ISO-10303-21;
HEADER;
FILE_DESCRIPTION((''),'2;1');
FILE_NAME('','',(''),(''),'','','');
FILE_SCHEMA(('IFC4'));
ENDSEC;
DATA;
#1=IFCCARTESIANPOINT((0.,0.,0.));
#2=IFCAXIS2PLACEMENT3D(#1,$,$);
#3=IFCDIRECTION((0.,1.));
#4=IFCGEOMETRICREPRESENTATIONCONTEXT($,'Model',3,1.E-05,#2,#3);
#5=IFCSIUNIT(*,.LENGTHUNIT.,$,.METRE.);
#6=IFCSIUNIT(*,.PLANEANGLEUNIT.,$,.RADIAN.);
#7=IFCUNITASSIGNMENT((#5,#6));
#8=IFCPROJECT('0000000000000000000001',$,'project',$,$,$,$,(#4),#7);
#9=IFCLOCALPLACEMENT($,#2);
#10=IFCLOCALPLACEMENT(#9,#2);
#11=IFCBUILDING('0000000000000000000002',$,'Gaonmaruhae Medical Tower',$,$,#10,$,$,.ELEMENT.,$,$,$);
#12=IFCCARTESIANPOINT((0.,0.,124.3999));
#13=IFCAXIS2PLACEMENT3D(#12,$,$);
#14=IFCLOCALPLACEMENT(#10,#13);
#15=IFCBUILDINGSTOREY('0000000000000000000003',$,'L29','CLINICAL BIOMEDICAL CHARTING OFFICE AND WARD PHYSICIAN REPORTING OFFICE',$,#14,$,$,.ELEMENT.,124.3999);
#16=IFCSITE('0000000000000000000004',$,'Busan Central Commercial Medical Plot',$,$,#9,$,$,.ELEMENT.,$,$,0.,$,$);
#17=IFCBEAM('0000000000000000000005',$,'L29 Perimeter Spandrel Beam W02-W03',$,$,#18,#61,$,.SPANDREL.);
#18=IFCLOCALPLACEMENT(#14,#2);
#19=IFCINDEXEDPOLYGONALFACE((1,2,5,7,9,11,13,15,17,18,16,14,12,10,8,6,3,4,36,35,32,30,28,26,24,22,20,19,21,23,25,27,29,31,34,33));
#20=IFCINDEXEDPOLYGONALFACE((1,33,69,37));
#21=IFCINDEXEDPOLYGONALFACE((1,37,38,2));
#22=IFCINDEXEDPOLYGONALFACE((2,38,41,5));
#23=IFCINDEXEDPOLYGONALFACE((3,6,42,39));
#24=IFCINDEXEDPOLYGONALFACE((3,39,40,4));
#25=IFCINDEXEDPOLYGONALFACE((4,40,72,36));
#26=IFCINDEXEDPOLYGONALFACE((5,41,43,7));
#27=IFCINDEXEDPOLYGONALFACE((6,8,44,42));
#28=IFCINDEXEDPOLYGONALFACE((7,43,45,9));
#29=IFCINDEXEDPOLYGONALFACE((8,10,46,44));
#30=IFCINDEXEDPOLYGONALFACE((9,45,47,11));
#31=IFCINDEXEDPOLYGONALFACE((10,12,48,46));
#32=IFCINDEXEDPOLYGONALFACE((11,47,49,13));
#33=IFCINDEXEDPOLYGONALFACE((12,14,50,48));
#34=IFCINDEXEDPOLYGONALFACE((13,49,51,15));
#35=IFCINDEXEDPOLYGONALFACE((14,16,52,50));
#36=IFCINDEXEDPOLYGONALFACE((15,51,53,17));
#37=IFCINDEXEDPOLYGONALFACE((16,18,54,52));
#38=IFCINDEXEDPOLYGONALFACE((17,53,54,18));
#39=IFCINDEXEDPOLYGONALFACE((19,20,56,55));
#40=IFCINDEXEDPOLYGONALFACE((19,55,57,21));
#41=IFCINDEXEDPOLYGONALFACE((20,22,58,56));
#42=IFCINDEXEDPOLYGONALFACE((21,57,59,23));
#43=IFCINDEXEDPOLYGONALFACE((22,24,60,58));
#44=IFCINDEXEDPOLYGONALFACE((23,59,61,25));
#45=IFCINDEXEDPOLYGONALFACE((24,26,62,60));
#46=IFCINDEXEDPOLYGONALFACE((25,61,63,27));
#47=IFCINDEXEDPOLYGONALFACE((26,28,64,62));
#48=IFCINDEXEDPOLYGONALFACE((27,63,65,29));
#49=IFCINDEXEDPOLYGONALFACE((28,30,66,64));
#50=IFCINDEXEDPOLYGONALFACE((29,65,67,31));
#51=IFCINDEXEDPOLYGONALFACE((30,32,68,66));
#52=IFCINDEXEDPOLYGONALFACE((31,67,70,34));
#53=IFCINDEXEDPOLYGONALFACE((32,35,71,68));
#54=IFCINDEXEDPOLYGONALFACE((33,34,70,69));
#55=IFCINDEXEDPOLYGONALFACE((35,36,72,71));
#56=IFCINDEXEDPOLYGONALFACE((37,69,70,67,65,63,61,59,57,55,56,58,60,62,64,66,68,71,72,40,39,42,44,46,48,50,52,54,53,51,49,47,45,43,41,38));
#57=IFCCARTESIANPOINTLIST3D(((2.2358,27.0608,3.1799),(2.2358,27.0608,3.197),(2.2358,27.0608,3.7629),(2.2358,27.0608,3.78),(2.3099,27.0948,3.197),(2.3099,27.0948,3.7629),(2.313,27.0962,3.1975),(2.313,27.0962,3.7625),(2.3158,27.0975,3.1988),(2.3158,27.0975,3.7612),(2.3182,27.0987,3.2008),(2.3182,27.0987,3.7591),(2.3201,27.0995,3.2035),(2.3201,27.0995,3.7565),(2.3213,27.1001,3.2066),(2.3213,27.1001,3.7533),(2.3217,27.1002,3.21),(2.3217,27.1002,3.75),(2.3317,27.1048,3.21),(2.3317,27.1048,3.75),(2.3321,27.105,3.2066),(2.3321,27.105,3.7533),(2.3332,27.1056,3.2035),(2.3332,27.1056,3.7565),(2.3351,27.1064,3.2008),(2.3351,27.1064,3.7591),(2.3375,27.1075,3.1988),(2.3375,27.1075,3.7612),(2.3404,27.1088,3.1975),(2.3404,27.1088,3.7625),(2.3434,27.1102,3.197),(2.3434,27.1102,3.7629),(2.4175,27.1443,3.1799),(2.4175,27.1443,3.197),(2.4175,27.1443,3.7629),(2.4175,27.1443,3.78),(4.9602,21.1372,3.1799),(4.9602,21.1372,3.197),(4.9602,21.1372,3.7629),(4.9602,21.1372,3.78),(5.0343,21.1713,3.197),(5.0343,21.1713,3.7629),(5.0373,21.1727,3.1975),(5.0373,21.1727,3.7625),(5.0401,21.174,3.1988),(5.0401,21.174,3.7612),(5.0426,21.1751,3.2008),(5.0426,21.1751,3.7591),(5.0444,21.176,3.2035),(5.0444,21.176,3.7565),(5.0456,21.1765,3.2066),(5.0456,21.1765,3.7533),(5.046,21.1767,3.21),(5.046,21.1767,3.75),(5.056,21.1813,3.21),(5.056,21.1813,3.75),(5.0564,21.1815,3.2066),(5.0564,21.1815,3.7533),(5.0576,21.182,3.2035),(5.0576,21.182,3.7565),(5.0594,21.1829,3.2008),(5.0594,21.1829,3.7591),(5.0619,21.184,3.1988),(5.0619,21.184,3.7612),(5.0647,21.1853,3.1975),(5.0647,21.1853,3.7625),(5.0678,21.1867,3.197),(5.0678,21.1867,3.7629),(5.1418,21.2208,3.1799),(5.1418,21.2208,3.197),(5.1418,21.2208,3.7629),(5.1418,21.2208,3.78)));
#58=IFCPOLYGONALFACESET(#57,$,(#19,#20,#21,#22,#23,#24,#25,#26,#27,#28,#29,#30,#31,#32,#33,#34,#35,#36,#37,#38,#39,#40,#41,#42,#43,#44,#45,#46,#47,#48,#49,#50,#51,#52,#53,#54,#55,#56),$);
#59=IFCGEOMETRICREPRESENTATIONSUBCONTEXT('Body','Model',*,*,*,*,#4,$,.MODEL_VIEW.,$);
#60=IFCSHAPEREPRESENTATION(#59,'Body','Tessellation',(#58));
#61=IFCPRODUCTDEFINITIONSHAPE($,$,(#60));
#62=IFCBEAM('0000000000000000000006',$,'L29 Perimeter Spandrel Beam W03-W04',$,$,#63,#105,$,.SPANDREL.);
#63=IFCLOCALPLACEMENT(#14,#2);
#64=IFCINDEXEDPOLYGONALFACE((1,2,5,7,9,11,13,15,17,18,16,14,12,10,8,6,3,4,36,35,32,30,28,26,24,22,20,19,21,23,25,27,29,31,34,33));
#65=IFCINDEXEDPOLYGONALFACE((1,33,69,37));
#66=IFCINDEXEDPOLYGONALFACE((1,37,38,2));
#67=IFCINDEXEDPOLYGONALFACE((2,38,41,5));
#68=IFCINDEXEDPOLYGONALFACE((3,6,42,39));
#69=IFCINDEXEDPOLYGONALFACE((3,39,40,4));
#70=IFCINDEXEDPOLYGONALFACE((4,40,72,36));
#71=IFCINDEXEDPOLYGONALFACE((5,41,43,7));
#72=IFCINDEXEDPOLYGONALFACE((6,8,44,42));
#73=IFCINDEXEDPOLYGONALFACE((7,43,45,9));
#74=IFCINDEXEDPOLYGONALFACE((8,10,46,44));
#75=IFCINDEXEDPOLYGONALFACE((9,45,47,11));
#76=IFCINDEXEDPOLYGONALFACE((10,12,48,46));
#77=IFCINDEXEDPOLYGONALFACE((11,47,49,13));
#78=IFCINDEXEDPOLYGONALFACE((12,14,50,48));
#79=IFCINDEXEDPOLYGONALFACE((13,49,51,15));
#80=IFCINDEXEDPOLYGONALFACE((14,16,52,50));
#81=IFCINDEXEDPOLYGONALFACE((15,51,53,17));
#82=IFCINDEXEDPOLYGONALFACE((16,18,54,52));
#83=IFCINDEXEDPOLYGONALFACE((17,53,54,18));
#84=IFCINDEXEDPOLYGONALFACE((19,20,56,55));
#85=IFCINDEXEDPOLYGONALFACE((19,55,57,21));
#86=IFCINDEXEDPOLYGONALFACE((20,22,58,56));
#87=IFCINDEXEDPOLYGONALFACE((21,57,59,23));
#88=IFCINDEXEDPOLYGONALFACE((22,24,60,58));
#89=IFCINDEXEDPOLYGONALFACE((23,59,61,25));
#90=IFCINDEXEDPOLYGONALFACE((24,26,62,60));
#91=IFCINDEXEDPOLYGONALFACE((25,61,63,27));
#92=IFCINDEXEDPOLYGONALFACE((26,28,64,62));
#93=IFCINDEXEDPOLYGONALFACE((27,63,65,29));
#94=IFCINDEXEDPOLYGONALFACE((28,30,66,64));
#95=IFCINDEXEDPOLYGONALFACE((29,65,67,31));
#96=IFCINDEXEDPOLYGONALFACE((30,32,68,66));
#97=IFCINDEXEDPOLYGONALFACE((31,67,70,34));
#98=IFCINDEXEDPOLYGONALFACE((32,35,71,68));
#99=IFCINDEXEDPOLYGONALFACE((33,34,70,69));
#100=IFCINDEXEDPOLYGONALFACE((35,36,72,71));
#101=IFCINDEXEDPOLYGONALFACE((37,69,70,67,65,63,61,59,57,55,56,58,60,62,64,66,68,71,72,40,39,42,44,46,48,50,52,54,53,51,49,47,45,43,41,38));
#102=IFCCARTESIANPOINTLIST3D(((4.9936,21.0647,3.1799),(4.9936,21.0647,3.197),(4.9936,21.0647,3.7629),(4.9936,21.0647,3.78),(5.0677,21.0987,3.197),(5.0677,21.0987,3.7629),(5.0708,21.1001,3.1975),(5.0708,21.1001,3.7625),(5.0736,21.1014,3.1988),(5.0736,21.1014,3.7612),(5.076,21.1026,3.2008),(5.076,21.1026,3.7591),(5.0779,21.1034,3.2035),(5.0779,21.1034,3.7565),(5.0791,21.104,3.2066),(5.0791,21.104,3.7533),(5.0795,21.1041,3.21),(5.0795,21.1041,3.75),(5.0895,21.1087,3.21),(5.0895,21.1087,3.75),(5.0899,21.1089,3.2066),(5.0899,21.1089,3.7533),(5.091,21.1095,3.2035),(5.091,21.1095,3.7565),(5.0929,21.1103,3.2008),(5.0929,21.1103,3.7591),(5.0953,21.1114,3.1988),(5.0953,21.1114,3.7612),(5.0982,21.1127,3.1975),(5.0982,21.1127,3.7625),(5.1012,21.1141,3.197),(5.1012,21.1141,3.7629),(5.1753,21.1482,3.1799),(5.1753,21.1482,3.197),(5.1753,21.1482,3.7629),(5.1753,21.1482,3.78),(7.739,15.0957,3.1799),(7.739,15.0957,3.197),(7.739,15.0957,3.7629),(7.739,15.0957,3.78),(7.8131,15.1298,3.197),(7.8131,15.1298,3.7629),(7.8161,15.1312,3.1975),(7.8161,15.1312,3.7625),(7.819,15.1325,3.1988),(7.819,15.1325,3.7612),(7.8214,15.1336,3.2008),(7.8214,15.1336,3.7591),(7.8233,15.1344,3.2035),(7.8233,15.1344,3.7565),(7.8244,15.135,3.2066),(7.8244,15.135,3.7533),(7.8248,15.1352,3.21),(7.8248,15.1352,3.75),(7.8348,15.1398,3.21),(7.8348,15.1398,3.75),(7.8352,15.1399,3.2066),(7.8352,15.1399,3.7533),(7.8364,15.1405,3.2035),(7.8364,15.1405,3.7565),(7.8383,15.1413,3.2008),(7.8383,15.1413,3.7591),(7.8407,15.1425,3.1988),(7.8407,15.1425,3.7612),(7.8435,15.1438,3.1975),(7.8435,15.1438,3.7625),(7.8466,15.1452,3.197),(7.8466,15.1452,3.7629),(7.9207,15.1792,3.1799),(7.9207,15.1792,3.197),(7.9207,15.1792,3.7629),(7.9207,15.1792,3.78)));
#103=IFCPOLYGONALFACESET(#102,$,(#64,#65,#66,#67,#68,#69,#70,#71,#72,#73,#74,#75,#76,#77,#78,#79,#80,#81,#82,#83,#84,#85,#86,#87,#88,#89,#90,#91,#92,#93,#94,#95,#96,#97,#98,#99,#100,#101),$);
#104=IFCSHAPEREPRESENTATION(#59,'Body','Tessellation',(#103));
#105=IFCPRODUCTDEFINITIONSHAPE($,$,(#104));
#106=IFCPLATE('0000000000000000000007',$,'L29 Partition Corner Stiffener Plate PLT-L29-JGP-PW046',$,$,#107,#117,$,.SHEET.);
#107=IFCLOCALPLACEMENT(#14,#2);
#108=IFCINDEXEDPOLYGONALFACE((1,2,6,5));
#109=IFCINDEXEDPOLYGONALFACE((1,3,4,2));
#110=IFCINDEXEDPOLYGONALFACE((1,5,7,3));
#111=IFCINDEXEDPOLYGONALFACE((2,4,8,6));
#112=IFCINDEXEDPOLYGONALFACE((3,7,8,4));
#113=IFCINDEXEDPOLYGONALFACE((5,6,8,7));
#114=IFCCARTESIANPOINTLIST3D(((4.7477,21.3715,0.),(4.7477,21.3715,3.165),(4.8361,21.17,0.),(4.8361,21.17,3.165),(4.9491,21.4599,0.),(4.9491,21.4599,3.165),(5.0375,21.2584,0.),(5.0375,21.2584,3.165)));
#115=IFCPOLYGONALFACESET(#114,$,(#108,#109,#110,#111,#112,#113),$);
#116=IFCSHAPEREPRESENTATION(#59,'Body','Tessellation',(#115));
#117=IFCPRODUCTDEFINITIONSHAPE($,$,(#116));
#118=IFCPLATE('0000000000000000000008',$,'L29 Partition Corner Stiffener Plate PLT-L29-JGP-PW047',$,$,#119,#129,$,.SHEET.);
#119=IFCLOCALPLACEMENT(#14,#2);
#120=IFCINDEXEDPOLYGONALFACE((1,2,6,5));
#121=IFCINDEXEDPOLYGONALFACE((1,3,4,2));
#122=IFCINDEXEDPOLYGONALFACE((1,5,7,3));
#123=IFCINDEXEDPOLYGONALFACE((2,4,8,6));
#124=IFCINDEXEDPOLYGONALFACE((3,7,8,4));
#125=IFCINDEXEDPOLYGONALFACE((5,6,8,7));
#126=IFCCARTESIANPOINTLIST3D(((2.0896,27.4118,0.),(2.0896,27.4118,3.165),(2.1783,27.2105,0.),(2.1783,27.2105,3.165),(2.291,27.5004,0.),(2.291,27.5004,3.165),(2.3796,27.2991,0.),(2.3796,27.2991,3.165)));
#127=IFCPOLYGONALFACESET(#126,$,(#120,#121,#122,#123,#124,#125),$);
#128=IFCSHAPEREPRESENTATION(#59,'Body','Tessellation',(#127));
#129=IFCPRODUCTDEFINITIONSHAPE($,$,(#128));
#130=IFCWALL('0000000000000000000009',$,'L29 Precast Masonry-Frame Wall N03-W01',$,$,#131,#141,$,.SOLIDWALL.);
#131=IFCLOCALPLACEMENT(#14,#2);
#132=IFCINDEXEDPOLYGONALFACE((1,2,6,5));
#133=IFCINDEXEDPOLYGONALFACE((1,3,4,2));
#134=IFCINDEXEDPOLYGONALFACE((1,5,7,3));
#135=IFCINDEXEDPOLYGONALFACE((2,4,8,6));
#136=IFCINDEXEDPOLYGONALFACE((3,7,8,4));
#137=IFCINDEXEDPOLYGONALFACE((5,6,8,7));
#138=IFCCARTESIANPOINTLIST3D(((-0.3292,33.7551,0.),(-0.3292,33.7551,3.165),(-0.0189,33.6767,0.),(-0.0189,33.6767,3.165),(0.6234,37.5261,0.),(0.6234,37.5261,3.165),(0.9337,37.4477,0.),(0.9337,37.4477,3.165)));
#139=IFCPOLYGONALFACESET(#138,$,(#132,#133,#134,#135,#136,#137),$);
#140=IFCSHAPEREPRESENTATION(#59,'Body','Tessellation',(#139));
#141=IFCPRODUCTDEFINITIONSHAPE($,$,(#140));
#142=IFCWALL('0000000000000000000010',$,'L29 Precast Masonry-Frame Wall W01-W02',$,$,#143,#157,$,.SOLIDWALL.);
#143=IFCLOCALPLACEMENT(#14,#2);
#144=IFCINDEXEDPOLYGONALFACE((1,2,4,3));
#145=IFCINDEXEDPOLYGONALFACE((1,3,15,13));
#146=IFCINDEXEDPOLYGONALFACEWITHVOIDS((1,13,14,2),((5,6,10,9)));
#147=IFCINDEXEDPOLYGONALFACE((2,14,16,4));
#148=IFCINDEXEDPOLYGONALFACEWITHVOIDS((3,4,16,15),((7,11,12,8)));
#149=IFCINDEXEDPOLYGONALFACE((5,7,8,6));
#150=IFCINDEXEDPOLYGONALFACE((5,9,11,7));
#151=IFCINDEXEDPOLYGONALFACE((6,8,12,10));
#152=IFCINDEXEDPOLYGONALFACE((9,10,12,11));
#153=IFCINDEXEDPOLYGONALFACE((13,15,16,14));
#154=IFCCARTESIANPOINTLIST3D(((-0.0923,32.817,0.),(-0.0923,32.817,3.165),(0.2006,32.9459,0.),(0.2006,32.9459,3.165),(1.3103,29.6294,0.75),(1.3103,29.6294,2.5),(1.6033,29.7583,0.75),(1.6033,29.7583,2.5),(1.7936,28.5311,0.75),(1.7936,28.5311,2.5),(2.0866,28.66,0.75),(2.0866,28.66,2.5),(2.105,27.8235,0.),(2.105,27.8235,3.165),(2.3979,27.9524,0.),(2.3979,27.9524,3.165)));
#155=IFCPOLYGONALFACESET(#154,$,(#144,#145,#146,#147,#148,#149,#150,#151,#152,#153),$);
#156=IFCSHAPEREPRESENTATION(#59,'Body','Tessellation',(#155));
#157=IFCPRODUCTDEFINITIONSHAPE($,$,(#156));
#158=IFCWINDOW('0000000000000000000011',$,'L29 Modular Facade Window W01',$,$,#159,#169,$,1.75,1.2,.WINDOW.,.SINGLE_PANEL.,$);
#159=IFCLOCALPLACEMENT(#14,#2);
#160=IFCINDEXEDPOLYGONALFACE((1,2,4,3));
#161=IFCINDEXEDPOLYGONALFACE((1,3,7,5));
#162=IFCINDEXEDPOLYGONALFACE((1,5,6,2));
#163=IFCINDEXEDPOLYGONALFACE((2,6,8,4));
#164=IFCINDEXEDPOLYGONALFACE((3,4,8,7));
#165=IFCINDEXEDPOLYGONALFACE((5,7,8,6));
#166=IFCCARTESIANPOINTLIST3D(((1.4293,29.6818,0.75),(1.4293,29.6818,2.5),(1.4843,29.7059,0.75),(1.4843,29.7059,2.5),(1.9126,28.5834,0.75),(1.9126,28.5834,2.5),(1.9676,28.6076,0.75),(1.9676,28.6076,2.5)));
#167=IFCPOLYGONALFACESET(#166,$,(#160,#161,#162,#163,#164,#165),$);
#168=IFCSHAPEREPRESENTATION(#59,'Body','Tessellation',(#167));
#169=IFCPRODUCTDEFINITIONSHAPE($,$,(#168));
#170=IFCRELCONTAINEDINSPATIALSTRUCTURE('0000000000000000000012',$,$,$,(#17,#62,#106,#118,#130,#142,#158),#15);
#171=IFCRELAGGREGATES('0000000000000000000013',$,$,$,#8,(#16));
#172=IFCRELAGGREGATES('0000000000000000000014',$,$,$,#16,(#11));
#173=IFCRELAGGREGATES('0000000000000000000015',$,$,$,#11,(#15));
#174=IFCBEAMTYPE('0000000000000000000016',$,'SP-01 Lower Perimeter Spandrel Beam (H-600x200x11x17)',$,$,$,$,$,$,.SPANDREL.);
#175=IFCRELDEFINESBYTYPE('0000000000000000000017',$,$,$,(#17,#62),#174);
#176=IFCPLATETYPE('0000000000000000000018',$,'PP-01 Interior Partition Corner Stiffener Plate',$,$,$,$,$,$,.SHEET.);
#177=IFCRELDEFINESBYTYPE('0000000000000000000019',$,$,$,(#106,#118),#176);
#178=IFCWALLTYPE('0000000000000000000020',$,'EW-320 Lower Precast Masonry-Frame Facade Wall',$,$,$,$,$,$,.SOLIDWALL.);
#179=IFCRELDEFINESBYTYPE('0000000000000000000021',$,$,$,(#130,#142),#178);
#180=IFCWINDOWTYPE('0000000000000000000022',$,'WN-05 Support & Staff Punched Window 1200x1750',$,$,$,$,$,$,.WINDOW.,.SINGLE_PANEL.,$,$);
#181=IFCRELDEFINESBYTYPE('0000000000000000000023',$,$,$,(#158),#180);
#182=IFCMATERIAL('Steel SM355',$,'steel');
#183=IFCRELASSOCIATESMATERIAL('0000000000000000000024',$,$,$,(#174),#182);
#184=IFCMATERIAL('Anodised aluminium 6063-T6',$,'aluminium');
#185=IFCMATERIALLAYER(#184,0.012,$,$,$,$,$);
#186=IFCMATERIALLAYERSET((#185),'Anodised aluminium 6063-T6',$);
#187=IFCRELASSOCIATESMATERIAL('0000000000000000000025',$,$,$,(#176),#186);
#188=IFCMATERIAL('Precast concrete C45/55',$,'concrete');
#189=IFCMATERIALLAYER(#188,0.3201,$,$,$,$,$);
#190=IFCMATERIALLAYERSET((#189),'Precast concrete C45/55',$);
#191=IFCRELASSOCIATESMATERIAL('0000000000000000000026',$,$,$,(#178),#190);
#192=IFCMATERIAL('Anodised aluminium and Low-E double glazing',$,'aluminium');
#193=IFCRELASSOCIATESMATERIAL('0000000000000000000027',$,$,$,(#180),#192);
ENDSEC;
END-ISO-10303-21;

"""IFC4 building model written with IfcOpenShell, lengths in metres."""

from ifc_helpers import new_model, si_unit, direction, frame, frame_2d, origin, origin_2d, place, context, subcontext, project, spatial, rectangle, i_section, extrude, material, layer, layer_set, material_profile, profile_set, type_object, element, fill, save


model = new_model("IFC4")

# Units and contexts
model_context = context("Model", 3, precision=1e-05, world=origin(), true_north=direction((0.0, 1.0)))
body_context = subcontext(model_context, "Body", "Model", "MODEL_VIEW")
ifc_project = project(units=[si_unit("LENGTHUNIT", "METRE"), si_unit("PLANEANGLEUNIT", "RADIAN")], contexts=[model_context])

# Site, building, storey
site_placement = place(None, origin())
site = spatial("IfcSite", under=ifc_project, at=site_placement, Name="Busan Central Commercial Medical Plot", CompositionType="ELEMENT", RefElevation=0.0)
building_placement = place(site_placement, origin())
building = spatial("IfcBuilding", under=site, at=building_placement, Name="Gaonmaruhae Medical Tower", CompositionType="ELEMENT")
storey_placement = place(building_placement, frame((0.0, 0.0, 124.3999)))
storey = spatial("IfcBuildingStorey", under=building, at=storey_placement, Name="L29", Description="CLINICAL BIOMEDICAL CHARTING OFFICE AND WARD PHYSICIAN REPORTING OFFICE", CompositionType="ELEMENT", Elevation=124.3999)

# Beams
ifc_material_1 = material(Name="Steel SM355", Category="steel")
ifc_material_profile_1 = material_profile(ifc_material_1, i_section(OverallWidth=0.2, OverallDepth=0.6001, WebThickness=0.011, FlangeThickness=0.0171, FilletRadius=0.0129, at=origin_2d()), Name="H-600x200x11x17")
ifc_profile_set_1 = profile_set([ifc_material_profile_1], Name="Steel SM355")
beam_type_1 = type_object("IfcBeamType", Name="SP-01 Lower Perimeter Spandrel Beam (H-600x200x11x17)", PredefinedType="SPANDREL", material=ifc_profile_set_1)
beam_1_placement = place(storey_placement, frame((2.3267, 27.1025, 3.48), z_axis=(0.417844, -0.908519, 0.0), x_axis=(0.908519, 0.417844, 0.0)))
element("IfcBeam", 1, at=beam_1_placement, inside=storey, type_object=beam_type_1, Name="L29 Perimeter Spandrel Beam W02-W03", PredefinedType="SPANDREL", context=body_context, shape_type="SweptSolid", body=[
    extrude(i_section(OverallWidth=0.2, OverallDepth=0.6001, WebThickness=0.011, FlangeThickness=0.0171, FilletRadius=0.0129, at=origin_2d()), origin(), (0.0, 0.0, 1.0), 6.52),
])
beam_2_placement = place(storey_placement, frame((5.0845, 21.1064, 3.48), z_axis=(0.417858, -0.908512, 0.0), x_axis=(0.908512, 0.417858, 0.0)))
element("IfcBeam", 2, at=beam_2_placement, inside=storey, type_object=beam_type_1, Name="L29 Perimeter Spandrel Beam W03-W04", PredefinedType="SPANDREL", context=body_context, shape_type="SweptSolid", body=[
    extrude(i_section(OverallWidth=0.2, OverallDepth=0.6001, WebThickness=0.011, FlangeThickness=0.0171, FilletRadius=0.0129, at=origin_2d()), origin(), (0.0, 0.0, 1.0), 6.5701),
])

# Plates
ifc_material_2 = material(Name="Anodised aluminium 6063-T6", Category="aluminium")
ifc_layer_1 = layer(ifc_material_2, 0.012)
ifc_layer_set_1 = layer_set([ifc_layer_1], Name="Anodised aluminium 6063-T6")
plate_type = type_object("IfcPlateType", Name="PP-01 Interior Partition Corner Stiffener Plate", PredefinedType="SHEET", material=ifc_layer_set_1)
for number, where, z_axis, x_axis, name in (
    (3, (4.8926, 21.3149, 0.0), (0.0, 0.0, 1.0), (-0.401884, 0.915691, 0.0), "L29 Partition Corner Stiffener Plate PLT-L29-JGP-PW046"),
    (4, (2.2346, 27.3555, 0.0), (0.0, 0.0, 1.0), (-0.402954, 0.91522, 0.0), "L29 Partition Corner Stiffener Plate PLT-L29-JGP-PW047"),
):
    element("IfcPlate", number, at=place(storey_placement, frame(where, z_axis=z_axis, x_axis=x_axis)), inside=storey, type_object=plate_type, Name=name, PredefinedType="SHEET", context=body_context, shape_type="SweptSolid", body=[
        extrude(rectangle(XDim=0.22, YDim=0.22, at=origin_2d()), origin(), (0.0, 0.0, 1.0), 3.165),
    ])

# Wall
ifc_material_3 = material(Name="Precast concrete C45/55", Category="concrete")
ifc_layer_2 = layer(ifc_material_3, 0.3201)
ifc_layer_set_2 = layer_set([ifc_layer_2], Name="Precast concrete C45/55")
wall_type_1 = type_object("IfcWallType", Name="EW-320 Lower Precast Masonry-Frame Facade Wall", PredefinedType="SOLIDWALL", material=ifc_layer_set_2)
wall_1_placement = place(storey_placement, frame((-0.1741, 33.7158, 0.0), z_axis=(0.0, 0.0, 1.0), x_axis=(0.244928, 0.969541, 0.0)))
element("IfcWall", 5, at=wall_1_placement, inside=storey, type_object=wall_type_1, Name="L29 Precast Masonry-Frame Wall N03-W01", PredefinedType="SOLIDWALL", context=body_context, shape_type="SweptSolid", body=[
    extrude(rectangle(XDim=3.8894, YDim=0.3201, at=frame_2d((1.9448, 0.0))), origin(), (0.0, 0.0, 1.0), 3.165),
])

# Wall, opening, window
wall_2_placement = place(storey_placement, frame((2.2515, 27.8879, 0.0), z_axis=(0.0, 0.0, 1.0), x_axis=(-0.402764, 0.915304, 0.0)))
wall_2 = element("IfcWall", 6, at=wall_2_placement, inside=storey, type_object=wall_type_1, Name="L29 Precast Masonry-Frame Wall W01-W02", PredefinedType="SOLIDWALL", context=body_context, shape_type="SweptSolid", body=[
    extrude(rectangle(XDim=5.4556, YDim=0.3201, at=frame_2d((2.7278, 0.0))), origin(), (0.0, 0.0, 1.0), 3.165),
])
opening_1_placement = place(wall_2_placement, frame((0.7729, 0.0, 0.75)))
opening_1 = element("IfcOpeningElement", 7, at=opening_1_placement, cuts=wall_2, PredefinedType="OPENING", context=body_context, shape_type="SweptSolid", body=[
    extrude(rectangle(XDim=1.2, YDim=1.75, at=frame_2d((0.6001, 0.875))), frame((0.0, 0.1699, 0.0), z_axis=(0.0, -1.0, 0.0), x_axis=(1.0, 0.0, 0.0)), (0.0, 0.0, 1.0), 0.3401),
])
ifc_material_4 = material(Name="Anodised aluminium and Low-E double glazing", Category="aluminium")
window_type_1 = type_object("IfcWindowType", Name="WN-05 Support & Staff Punched Window 1200x1750", PartitioningType="SINGLE_PANEL", PredefinedType="WINDOW", material=ifc_material_4)
window_1_placement = place(opening_1_placement, origin())
window_1 = element("IfcWindow", 8, at=window_1_placement, inside=storey, type_object=window_type_1, Name="L29 Modular Facade Window W01", OverallHeight=1.75, OverallWidth=1.2, PartitioningType="SINGLE_PANEL", PredefinedType="WINDOW", context=body_context, shape_type="SweptSolid", body=[
    extrude(rectangle(XDim=1.2, YDim=1.75, at=frame_2d((0.6001, 0.875))), frame((0.0, 0.03, 0.0), z_axis=(0.0, -1.0, 0.0), x_axis=(1.0, 0.0, 0.0)), (0.0, 0.0, 1.0), 0.0601),
])
fill(opening_1, window_1)

save(model, "model.ifc")
